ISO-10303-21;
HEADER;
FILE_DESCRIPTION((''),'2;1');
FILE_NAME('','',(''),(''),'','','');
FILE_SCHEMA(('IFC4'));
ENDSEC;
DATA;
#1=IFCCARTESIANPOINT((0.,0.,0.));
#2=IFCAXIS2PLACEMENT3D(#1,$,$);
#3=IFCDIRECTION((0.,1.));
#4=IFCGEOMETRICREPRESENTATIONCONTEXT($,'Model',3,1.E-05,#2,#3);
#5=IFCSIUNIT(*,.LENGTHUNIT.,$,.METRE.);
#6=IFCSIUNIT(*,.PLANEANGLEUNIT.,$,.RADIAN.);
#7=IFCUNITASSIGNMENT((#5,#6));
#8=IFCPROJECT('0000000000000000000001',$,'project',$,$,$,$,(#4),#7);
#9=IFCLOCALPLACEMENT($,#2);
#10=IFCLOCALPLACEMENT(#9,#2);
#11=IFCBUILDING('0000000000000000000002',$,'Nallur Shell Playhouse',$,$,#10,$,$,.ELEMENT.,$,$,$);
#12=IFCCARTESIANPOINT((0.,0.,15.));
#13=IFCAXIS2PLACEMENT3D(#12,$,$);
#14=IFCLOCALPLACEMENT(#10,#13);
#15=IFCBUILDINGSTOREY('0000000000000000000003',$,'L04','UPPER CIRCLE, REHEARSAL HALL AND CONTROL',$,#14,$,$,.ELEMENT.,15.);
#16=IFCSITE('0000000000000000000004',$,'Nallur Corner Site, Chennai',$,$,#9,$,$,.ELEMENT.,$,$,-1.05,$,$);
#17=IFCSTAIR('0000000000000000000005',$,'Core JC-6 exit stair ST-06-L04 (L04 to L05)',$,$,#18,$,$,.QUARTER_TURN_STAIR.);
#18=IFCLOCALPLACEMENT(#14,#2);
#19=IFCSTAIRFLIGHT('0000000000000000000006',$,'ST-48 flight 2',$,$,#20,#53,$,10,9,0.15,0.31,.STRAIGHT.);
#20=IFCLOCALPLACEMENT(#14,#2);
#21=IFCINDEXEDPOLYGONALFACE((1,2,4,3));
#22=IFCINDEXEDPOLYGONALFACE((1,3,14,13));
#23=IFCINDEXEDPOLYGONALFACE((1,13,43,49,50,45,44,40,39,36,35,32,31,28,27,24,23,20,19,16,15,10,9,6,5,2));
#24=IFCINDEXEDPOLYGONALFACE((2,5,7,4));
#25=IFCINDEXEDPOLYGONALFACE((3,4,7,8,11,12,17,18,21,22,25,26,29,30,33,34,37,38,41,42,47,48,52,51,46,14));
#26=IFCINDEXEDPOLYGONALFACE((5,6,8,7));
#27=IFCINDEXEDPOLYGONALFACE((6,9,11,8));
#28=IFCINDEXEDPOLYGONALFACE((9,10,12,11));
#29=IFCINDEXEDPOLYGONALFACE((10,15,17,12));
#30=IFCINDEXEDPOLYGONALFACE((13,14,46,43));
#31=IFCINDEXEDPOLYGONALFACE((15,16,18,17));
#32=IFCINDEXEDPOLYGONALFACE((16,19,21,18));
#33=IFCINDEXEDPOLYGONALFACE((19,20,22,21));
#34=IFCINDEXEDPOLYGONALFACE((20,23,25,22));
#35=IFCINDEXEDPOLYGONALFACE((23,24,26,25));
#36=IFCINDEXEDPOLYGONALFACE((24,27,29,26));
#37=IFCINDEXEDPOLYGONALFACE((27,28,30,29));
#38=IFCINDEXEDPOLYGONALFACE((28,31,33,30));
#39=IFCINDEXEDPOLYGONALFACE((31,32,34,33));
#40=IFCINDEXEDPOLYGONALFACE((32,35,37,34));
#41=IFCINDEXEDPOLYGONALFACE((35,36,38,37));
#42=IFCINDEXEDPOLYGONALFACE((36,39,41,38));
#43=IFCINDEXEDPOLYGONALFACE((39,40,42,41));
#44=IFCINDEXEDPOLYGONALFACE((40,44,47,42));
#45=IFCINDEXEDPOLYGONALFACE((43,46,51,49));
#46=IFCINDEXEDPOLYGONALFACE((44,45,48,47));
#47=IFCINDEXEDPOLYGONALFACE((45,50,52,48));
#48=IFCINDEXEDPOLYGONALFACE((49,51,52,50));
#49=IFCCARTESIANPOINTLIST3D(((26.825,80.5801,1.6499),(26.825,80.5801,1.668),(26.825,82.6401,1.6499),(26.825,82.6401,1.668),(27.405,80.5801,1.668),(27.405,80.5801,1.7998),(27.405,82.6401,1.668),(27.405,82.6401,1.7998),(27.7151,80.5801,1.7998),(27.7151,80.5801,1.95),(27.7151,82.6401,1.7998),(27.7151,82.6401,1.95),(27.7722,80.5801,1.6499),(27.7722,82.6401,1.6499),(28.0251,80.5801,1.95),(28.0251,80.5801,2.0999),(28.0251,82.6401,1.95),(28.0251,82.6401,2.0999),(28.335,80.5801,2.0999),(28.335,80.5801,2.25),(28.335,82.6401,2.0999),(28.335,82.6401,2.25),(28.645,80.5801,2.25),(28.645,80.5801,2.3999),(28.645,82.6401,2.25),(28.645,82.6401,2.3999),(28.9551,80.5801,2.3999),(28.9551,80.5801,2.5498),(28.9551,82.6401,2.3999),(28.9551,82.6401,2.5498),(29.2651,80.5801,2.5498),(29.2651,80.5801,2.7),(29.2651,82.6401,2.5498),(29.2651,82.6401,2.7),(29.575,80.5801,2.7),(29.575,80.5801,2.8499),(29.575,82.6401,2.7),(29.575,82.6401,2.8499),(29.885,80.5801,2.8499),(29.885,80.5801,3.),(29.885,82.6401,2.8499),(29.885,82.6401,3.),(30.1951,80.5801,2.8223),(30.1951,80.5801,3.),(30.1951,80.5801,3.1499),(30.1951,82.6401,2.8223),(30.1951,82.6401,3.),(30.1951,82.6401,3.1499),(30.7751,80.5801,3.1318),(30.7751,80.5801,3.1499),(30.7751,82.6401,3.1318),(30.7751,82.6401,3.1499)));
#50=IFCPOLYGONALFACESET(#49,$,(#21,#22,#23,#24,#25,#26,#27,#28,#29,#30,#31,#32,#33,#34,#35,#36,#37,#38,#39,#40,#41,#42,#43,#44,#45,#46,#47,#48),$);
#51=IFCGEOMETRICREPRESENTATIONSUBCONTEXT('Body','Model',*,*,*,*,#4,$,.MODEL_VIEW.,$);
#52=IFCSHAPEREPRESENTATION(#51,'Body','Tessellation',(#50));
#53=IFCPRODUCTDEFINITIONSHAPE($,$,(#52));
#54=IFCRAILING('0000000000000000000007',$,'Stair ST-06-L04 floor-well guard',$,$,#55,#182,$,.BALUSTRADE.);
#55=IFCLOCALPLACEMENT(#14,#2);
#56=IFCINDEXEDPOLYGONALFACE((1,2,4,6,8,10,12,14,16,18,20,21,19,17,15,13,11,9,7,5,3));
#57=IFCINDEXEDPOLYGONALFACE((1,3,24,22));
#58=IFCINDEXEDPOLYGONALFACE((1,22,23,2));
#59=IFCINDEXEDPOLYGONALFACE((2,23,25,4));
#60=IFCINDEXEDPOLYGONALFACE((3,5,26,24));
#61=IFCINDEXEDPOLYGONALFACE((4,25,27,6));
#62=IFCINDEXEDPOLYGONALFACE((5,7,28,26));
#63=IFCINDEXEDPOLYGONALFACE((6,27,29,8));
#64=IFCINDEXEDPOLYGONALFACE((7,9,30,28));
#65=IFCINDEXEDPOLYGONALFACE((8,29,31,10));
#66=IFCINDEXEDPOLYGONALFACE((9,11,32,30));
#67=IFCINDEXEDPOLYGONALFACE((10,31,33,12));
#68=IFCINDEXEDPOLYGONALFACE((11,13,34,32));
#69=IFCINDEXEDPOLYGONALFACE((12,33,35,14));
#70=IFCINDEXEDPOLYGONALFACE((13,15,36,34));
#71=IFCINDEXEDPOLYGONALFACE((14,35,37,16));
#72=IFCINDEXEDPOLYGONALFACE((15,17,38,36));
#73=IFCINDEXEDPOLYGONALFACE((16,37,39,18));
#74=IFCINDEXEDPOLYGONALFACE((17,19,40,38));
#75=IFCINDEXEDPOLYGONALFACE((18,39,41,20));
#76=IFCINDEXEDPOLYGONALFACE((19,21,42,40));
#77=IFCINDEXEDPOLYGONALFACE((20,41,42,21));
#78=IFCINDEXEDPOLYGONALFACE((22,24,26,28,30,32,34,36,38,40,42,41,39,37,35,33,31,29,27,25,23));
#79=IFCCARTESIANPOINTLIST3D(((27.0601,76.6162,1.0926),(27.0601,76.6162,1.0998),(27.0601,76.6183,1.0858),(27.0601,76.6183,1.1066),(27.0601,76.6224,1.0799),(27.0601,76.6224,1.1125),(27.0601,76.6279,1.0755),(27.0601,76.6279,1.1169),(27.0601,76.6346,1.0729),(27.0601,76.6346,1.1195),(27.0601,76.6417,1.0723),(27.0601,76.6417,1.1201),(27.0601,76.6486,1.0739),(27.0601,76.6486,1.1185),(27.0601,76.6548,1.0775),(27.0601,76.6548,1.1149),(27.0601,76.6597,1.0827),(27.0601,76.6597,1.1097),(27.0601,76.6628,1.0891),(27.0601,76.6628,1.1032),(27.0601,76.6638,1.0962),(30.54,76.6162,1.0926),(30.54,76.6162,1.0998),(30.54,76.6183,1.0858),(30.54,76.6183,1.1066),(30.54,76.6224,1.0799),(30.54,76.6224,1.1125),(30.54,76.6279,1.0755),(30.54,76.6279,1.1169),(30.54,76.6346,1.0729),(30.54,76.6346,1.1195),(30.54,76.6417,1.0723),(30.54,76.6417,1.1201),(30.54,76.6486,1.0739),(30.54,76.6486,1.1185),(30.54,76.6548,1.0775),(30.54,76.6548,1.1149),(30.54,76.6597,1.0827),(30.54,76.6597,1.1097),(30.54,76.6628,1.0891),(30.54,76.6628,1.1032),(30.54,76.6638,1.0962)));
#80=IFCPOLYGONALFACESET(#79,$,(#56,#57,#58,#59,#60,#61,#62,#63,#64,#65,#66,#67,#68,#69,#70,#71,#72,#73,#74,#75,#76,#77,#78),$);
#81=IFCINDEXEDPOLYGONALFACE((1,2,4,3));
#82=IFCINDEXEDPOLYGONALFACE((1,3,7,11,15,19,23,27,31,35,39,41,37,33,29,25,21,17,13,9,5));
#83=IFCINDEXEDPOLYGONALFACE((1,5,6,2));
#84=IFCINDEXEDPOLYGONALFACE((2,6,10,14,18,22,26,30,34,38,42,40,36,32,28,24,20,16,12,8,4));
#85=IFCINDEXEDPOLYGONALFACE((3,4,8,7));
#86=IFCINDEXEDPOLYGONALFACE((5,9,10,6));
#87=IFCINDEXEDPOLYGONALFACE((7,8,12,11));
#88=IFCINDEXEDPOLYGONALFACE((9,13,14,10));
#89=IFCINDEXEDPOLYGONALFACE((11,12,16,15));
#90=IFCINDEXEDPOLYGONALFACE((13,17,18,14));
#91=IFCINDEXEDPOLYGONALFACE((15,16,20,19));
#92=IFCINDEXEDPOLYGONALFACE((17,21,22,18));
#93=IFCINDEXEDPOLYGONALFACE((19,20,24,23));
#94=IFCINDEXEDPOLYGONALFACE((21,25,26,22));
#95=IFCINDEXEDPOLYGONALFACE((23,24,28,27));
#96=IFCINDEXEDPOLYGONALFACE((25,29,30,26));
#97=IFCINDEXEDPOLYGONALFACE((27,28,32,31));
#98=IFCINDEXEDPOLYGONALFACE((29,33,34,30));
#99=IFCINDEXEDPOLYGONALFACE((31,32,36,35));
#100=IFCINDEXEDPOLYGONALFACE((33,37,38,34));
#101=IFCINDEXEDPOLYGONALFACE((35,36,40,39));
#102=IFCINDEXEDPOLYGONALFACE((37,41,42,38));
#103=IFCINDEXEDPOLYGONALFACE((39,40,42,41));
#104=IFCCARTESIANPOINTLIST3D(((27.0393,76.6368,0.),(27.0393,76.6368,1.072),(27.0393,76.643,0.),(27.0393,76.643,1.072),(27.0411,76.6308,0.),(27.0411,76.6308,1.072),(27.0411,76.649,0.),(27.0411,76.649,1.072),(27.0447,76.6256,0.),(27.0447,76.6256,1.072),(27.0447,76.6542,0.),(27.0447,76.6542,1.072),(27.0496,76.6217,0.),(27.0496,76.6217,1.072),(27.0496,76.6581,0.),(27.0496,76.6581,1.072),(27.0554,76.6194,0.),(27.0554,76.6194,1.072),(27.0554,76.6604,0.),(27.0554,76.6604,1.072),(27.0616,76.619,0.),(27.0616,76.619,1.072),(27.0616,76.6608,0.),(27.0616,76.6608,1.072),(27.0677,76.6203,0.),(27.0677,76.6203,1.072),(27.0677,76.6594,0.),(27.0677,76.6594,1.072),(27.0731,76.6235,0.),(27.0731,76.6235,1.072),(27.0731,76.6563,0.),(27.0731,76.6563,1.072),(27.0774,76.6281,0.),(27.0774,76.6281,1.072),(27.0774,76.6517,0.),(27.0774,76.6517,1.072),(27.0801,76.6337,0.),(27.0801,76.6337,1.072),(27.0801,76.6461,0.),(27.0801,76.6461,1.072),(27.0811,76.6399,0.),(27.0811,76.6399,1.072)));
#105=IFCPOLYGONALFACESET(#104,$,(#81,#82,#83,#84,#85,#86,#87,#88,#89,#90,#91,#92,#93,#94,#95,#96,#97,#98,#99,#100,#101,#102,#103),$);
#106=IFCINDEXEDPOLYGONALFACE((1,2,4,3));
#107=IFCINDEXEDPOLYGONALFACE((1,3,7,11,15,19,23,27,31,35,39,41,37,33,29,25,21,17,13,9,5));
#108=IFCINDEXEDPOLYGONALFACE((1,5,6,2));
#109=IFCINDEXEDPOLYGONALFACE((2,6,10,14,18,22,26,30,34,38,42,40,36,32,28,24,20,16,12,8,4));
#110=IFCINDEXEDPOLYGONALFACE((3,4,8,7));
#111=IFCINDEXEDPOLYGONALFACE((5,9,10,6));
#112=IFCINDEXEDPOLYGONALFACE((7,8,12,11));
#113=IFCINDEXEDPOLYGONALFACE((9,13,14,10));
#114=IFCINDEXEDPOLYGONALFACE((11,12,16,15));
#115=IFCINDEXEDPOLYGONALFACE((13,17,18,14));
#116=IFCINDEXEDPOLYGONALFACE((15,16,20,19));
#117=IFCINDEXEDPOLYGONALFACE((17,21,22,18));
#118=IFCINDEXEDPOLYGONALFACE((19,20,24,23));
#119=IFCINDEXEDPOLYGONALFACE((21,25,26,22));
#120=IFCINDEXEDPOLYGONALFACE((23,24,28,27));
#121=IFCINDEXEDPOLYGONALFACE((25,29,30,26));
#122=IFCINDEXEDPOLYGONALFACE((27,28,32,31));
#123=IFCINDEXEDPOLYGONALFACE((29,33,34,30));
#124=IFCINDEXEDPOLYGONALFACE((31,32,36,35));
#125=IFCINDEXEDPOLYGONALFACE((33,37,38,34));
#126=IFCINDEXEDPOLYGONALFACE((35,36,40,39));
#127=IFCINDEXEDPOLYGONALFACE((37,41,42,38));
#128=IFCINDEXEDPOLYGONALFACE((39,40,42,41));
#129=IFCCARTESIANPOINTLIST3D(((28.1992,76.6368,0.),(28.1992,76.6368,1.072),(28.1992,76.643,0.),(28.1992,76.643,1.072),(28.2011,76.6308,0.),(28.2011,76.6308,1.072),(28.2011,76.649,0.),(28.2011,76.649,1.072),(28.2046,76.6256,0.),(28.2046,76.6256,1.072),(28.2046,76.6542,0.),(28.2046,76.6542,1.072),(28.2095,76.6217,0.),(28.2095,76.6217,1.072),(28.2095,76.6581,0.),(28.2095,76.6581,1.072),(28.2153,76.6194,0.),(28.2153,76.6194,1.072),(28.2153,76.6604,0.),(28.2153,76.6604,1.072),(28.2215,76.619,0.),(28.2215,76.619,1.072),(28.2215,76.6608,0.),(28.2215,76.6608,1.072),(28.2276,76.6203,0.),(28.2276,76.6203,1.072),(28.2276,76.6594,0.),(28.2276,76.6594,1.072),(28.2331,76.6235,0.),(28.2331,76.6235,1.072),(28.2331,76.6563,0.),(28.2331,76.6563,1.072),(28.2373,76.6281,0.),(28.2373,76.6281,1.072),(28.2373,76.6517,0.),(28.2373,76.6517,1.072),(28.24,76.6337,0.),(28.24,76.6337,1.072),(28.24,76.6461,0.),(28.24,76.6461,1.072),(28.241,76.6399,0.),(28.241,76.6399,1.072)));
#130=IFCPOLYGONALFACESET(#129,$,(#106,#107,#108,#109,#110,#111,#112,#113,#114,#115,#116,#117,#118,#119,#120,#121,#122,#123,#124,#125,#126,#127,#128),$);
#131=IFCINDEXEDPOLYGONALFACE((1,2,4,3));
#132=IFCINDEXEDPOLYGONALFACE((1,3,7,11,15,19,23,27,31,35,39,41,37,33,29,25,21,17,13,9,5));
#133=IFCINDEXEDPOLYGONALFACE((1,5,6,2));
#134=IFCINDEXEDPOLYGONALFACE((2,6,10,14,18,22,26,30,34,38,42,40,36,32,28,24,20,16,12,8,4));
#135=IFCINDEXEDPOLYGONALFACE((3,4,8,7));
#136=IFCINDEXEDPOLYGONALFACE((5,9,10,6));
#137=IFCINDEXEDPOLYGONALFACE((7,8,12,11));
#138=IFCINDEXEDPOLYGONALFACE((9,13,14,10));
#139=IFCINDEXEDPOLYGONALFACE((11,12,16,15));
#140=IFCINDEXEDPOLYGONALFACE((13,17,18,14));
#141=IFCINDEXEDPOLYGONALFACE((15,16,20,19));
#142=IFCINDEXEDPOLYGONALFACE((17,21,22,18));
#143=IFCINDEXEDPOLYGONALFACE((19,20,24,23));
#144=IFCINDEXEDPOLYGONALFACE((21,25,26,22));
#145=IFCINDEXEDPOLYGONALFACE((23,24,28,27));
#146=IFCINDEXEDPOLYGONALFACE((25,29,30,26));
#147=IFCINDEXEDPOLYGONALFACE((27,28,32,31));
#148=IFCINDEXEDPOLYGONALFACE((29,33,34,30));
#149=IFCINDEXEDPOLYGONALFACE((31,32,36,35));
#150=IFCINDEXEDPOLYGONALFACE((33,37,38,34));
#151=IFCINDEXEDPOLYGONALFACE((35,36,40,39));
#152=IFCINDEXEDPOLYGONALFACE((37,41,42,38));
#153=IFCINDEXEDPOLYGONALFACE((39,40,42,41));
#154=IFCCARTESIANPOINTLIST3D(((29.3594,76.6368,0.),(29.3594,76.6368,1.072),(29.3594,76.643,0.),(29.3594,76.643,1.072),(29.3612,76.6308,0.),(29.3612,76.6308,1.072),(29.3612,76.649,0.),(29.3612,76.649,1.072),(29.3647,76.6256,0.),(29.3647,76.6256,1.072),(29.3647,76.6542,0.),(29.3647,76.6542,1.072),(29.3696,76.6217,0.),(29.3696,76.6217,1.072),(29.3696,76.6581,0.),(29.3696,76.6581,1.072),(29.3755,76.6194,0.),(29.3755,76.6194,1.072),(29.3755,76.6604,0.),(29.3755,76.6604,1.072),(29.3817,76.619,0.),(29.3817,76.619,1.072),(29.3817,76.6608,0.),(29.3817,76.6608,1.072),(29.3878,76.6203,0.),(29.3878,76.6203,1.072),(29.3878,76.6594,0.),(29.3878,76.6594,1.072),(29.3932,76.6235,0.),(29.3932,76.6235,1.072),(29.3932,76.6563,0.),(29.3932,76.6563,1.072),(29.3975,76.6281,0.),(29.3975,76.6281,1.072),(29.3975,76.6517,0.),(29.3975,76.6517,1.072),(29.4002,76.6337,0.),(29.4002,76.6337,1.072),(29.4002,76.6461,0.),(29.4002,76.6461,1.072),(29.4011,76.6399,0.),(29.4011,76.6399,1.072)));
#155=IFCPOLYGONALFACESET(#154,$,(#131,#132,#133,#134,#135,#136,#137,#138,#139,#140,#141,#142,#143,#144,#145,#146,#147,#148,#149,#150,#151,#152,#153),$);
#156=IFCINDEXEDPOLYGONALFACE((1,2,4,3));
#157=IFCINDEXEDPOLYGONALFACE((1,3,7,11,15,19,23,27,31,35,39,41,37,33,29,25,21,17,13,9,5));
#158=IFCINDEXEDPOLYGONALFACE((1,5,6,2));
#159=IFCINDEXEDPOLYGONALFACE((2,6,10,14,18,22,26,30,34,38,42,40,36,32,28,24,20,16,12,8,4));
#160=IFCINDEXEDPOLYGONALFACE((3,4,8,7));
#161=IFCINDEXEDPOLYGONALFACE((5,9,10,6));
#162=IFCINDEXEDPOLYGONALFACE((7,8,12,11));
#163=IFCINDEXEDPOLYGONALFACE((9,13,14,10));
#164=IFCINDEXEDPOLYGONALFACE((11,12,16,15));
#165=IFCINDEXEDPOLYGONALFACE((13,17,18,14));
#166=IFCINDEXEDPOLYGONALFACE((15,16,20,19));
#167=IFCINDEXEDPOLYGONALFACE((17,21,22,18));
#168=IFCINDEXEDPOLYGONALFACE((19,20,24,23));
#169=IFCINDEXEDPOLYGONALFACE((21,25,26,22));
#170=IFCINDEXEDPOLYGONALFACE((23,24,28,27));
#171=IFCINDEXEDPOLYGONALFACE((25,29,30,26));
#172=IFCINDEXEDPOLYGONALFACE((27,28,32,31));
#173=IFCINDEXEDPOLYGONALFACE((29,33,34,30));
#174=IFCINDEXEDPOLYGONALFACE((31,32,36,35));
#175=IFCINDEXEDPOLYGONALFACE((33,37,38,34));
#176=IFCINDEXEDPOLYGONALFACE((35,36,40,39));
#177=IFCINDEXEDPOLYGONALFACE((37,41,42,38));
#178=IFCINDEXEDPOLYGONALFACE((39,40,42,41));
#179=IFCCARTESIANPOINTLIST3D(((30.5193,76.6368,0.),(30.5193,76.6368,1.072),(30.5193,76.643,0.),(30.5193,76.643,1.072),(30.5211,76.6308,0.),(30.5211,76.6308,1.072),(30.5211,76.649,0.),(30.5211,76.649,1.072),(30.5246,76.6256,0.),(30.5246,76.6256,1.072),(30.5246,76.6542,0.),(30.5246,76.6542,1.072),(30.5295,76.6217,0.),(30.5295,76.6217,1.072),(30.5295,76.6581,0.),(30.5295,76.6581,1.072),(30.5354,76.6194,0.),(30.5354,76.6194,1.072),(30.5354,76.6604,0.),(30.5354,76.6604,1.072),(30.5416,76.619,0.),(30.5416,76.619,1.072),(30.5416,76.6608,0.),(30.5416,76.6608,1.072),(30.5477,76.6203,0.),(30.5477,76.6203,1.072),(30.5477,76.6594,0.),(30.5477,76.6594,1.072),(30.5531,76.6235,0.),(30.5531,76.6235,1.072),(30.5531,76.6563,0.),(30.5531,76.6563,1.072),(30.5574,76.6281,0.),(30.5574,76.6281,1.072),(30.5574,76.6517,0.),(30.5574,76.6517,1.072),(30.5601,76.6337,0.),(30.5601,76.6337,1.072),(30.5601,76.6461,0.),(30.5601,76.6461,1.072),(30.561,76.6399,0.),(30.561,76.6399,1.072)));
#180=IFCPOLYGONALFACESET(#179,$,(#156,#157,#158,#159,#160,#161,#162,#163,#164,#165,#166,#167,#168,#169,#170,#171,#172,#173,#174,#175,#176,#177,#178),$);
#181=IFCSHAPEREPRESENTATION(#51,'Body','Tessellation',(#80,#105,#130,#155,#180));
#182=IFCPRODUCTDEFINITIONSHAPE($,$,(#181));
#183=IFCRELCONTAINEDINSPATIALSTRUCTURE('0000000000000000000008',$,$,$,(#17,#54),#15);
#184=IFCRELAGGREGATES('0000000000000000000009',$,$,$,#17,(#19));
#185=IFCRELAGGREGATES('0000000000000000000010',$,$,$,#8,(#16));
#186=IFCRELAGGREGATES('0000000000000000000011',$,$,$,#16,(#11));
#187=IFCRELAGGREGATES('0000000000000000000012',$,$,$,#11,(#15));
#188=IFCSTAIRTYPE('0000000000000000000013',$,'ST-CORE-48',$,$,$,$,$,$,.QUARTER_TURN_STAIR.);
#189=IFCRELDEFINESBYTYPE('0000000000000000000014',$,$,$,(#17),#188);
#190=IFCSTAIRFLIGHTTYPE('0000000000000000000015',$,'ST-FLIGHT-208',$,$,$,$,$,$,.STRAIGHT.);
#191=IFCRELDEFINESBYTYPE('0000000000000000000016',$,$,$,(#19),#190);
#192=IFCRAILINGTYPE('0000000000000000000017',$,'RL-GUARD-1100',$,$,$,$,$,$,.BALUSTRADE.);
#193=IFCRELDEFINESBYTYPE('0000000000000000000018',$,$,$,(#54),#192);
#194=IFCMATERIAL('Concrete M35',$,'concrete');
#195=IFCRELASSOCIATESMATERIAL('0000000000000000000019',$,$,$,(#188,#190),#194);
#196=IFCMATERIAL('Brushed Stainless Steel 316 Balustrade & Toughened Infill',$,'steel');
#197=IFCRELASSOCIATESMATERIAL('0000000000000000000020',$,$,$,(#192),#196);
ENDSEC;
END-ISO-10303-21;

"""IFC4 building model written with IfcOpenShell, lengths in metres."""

from ifc_helpers import new_model, si_unit, direction, frame, origin, origin_2d, place, context, subcontext, project, spatial, polyline, circle, outline, extrude, material, type_object, element, aggregate, save


model = new_model("IFC4")

# Units and contexts
model_context = context("Model", 3, precision=1e-05, world=origin(), true_north=direction((0.0, 1.0)))
body_context = subcontext(model_context, "Body", "Model", "MODEL_VIEW")
ifc_project = project(units=[si_unit("LENGTHUNIT", "METRE"), si_unit("PLANEANGLEUNIT", "RADIAN")], contexts=[model_context])

# Site, building, storey
site_placement = place(None, origin())
site = spatial("IfcSite", under=ifc_project, at=site_placement, Name="Nallur Corner Site, Chennai", CompositionType="ELEMENT", RefElevation=-1.05)
building_placement = place(site_placement, origin())
building = spatial("IfcBuilding", under=site, at=building_placement, Name="Nallur Shell Playhouse", CompositionType="ELEMENT")
storey_placement = place(building_placement, frame((0.0, 0.0, 15.0)))
storey = spatial("IfcBuildingStorey", under=building, at=storey_placement, Name="L04", Description="UPPER CIRCLE, REHEARSAL HALL AND CONTROL", CompositionType="ELEMENT", Elevation=15.0)

# Shared definitions
ifc_material_1 = material(Name="Concrete M35", Category="concrete")

# Stair, stair flight
stair_type = type_object("IfcStairType", Name="ST-CORE-48", PredefinedType="QUARTER_TURN_STAIR", material=ifc_material_1)
stair_placement = place(storey_placement, origin())
stair = element("IfcStair", 1, at=stair_placement, inside=storey, type_object=stair_type, Name="Core JC-6 exit stair ST-06-L04 (L04 to L05)", PredefinedType="QUARTER_TURN_STAIR")
stair_flight_type = type_object("IfcStairFlightType", Name="ST-FLIGHT-208", PredefinedType="STRAIGHT", material=ifc_material_1)
stair_flight_1_placement = place(storey_placement, frame((27.405, 81.6101, 1.6499), z_axis=(0.0, 0.0, 1.0), x_axis=(1.0, 0.0, 0.0)))
stair_flight_1 = element("IfcStairFlight", 2, at=stair_flight_1_placement, type_object=stair_flight_type, Name="ST-48 flight 2", NumberOfRisers=10, NumberOfTreads=9, PredefinedType="STRAIGHT", RiserHeight=0.15, TreadLength=0.31, context=body_context, shape_type="SweptSolid", body=[
    extrude(outline(polyline([(-0.5801, 0.0), (-0.5801, 0.0181), (0.0, 0.0181), (0.0, 0.1499), (0.3101, 0.1499), (0.3101, 0.3), (0.6201, 0.3), (0.6201, 0.45), (0.9299, 0.45), (0.9299, 0.6001), (1.24, 0.6001), (1.24, 0.75), (1.55, 0.75), (1.55, 0.8999), (1.8601, 0.8999), (1.8601, 1.05), (2.1699, 1.05), (2.1699, 1.2), (2.48, 1.2), (2.48, 1.3501), (2.79, 1.3501), (2.79, 1.5), (3.3701, 1.5), (3.3701, 1.4819), (2.79, 1.1724), (0.3672, 0.0), (-0.5801, 0.0)])), frame((0.0, 1.03, 0.0), z_axis=(0.0, -1.0, 0.0), x_axis=(1.0, 0.0, 0.0)), (0.0, 0.0, 1.0), 2.0601),
])
aggregate(stair, [stair_flight_1])

# Railing
ifc_material_2 = material(Name="Brushed Stainless Steel 316 Balustrade & Toughened Infill", Category="steel")
railing_type_1 = type_object("IfcRailingType", Name="RL-GUARD-1100", PredefinedType="BALUSTRADE", material=ifc_material_2)
railing_1_placement = place(storey_placement, frame((27.0601, 76.6399, 0.0)))
element("IfcRailing", 3, at=railing_1_placement, inside=storey, type_object=railing_type_1, Name="Stair ST-06-L04 floor-well guard", PredefinedType="BALUSTRADE", context=body_context, shape_type="SweptSolid", body=[
    extrude(circle(Radius=0.0239, at=origin_2d()), frame((0.0, 0.0, 1.0962), z_axis=(1.0, 0.0, 0.0), x_axis=(0.0, 1.0, 0.0)), (0.0, 0.0, 1.0), 3.48),
    extrude(circle(Radius=0.021, at=origin_2d()), origin(), (0.0, 0.0, 1.0), 1.072),
    extrude(circle(Radius=0.021, at=origin_2d()), frame((1.1599, 0.0, 0.0)), (0.0, 0.0, 1.0), 1.072),
    extrude(circle(Radius=0.021, at=origin_2d()), frame((2.3201, 0.0, 0.0)), (0.0, 0.0, 1.0), 1.072),
    extrude(circle(Radius=0.021, at=origin_2d()), frame((3.48, 0.0, 0.0)), (0.0, 0.0, 1.0), 1.072),
])

save(model, "model.ifc")
